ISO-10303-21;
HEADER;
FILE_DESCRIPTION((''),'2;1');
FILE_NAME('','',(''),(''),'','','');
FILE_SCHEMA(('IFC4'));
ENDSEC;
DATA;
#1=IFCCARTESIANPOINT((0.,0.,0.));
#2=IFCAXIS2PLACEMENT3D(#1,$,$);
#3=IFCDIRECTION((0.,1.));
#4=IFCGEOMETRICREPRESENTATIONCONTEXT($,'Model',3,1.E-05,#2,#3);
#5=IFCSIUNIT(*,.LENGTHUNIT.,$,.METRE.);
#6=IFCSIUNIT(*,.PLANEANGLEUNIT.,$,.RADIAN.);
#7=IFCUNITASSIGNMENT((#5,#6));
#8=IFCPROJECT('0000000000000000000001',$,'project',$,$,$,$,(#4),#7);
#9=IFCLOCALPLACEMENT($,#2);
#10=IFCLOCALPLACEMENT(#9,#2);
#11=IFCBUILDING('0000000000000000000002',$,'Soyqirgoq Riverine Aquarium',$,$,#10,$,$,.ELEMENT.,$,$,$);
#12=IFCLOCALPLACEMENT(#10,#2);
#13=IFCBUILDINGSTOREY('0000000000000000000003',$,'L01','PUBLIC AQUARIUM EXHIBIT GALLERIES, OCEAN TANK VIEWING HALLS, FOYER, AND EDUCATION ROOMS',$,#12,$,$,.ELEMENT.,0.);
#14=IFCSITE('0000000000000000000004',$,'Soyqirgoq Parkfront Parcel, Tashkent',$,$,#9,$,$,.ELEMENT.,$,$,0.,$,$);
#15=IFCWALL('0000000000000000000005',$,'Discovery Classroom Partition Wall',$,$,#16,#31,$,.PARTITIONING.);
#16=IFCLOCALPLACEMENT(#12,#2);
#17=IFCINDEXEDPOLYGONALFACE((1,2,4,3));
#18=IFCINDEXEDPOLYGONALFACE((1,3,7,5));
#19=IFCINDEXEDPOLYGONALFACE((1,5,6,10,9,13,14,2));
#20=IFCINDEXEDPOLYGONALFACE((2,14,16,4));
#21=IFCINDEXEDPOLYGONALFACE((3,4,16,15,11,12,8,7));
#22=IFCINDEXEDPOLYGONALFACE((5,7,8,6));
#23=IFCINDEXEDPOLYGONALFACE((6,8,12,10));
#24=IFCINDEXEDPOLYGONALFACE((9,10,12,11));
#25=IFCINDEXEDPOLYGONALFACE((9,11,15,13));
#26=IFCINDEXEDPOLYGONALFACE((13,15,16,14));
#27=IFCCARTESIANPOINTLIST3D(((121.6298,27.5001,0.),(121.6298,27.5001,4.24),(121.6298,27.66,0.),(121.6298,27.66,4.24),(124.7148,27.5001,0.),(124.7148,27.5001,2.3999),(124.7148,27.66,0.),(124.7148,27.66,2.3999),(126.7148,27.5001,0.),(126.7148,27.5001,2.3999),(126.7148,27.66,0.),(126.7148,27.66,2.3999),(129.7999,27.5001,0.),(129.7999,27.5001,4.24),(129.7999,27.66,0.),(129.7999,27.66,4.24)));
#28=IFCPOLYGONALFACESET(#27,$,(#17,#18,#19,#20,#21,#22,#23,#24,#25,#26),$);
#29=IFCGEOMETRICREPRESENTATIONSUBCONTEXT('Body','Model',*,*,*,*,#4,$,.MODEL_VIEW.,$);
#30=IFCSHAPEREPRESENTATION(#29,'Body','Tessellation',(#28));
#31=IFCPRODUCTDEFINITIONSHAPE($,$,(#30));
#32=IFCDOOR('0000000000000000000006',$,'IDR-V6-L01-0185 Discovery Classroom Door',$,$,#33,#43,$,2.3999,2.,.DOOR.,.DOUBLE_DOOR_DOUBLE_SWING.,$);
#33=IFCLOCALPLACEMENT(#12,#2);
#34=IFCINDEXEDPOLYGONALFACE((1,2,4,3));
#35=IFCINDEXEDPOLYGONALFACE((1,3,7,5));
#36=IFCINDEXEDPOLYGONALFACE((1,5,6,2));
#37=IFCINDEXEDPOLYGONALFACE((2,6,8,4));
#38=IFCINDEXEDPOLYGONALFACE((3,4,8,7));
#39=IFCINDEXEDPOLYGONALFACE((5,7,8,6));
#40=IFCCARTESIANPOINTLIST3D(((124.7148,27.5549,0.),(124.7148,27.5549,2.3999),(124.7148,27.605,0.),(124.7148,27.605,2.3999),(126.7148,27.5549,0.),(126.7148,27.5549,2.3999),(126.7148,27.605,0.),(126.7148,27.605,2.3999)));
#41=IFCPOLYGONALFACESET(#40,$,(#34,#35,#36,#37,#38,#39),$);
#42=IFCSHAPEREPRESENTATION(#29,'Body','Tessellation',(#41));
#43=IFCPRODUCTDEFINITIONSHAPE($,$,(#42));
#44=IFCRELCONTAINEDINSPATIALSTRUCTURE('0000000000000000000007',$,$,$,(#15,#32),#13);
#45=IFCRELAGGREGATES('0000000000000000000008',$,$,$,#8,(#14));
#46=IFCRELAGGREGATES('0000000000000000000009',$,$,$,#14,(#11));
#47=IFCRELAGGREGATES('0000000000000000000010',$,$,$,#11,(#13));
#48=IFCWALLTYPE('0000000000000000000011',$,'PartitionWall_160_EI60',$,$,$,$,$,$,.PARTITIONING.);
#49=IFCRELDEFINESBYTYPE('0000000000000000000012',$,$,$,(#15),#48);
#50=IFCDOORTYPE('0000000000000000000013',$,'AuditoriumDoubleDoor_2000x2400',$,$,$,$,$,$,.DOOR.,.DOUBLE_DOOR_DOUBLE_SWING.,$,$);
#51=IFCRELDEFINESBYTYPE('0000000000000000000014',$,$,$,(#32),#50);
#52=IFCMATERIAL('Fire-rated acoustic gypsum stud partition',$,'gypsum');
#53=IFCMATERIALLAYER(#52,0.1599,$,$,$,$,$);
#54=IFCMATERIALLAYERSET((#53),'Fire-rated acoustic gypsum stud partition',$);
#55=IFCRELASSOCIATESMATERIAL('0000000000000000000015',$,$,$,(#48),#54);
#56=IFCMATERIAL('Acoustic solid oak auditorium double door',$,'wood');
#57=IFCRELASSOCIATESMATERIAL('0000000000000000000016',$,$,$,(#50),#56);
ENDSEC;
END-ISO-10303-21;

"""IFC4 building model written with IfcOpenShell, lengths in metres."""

from ifc_helpers import new_model, si_unit, direction, frame, frame_2d, origin, place, context, subcontext, project, spatial, rectangle, extrude, material, layer, layer_set, type_object, element, fill, save


model = new_model("IFC4")

# Units and contexts
model_context = context("Model", 3, precision=1e-05, world=origin(), true_north=direction((0.0, 1.0)))
body_context = subcontext(model_context, "Body", "Model", "MODEL_VIEW")
ifc_project = project(units=[si_unit("LENGTHUNIT", "METRE"), si_unit("PLANEANGLEUNIT", "RADIAN")], contexts=[model_context])

# Site, building, storey
site_placement = place(None, origin())
site = spatial("IfcSite", under=ifc_project, at=site_placement, Name="Soyqirgoq Parkfront Parcel, Tashkent", CompositionType="ELEMENT", RefElevation=0.0)
building_placement = place(site_placement, origin())
building = spatial("IfcBuilding", under=site, at=building_placement, Name="Soyqirgoq Riverine Aquarium", CompositionType="ELEMENT")
storey_placement = place(building_placement, origin())
storey = spatial("IfcBuildingStorey", under=building, at=storey_placement, Name="L01", Description="PUBLIC AQUARIUM EXHIBIT GALLERIES, OCEAN TANK VIEWING HALLS, FOYER, AND EDUCATION ROOMS", CompositionType="ELEMENT", Elevation=0.0)

# Wall, opening, door
ifc_material_1 = material(Name="Fire-rated acoustic gypsum stud partition", Category="gypsum")
ifc_layer_1 = layer(ifc_material_1, 0.1599)
ifc_layer_set_1 = layer_set([ifc_layer_1], Name="Fire-rated acoustic gypsum stud partition")
wall_type_1 = type_object("IfcWallType", Name="PartitionWall_160_EI60", PredefinedType="PARTITIONING", material=ifc_layer_set_1)
wall_1_placement = place(storey_placement, frame((121.6299, 27.5801, 0.0), z_axis=(0.0, 0.0, 1.0), x_axis=(1.0, 0.0, 0.0)))
wall_1 = element("IfcWall", 1, at=wall_1_placement, inside=storey, type_object=wall_type_1, Name="Discovery Classroom Partition Wall", PredefinedType="PARTITIONING", context=body_context, shape_type="SweptSolid", body=[
    extrude(rectangle(XDim=8.1702, YDim=0.1599, at=frame_2d((4.085, 0.0))), origin(), (0.0, 0.0, 1.0), 4.24),
])
opening_1_placement = place(wall_1_placement, frame((3.085, 0.0, 0.0)))
opening_1 = element("IfcOpeningElement", 2, at=opening_1_placement, cuts=wall_1, PredefinedType="OPENING", context=body_context, shape_type="SweptSolid", body=[
    extrude(rectangle(XDim=2.0, YDim=2.3999, at=frame_2d((1.0, 1.2))), frame((0.0, 0.0898, 0.0), z_axis=(0.0, -1.0, 0.0), x_axis=(1.0, 0.0, 0.0)), (0.0, 0.0, 1.0), 0.1799),
])
ifc_material_2 = material(Name="Acoustic solid oak auditorium double door", Category="wood")
door_type_1 = type_object("IfcDoorType", Name="AuditoriumDoubleDoor_2000x2400", OperationType="DOUBLE_DOOR_DOUBLE_SWING", PredefinedType="DOOR", material=ifc_material_2)
door_1_placement = place(opening_1_placement, origin())
door_1 = element("IfcDoor", 3, at=door_1_placement, inside=storey, type_object=door_type_1, Name="IDR-V6-L01-0185 Discovery Classroom Door", OperationType="DOUBLE_DOOR_DOUBLE_SWING", OverallHeight=2.3999, OverallWidth=2.0, PredefinedType="DOOR", context=body_context, shape_type="SweptSolid", body=[
    extrude(rectangle(XDim=2.0, YDim=2.3999, at=frame_2d((1.0, 1.2))), frame((0.0, 0.0249, 0.0), z_axis=(0.0, -1.0, 0.0), x_axis=(1.0, 0.0, 0.0)), (0.0, 0.0, 1.0), 0.05),
])
fill(opening_1, door_1)

save(model, "model.ifc")
